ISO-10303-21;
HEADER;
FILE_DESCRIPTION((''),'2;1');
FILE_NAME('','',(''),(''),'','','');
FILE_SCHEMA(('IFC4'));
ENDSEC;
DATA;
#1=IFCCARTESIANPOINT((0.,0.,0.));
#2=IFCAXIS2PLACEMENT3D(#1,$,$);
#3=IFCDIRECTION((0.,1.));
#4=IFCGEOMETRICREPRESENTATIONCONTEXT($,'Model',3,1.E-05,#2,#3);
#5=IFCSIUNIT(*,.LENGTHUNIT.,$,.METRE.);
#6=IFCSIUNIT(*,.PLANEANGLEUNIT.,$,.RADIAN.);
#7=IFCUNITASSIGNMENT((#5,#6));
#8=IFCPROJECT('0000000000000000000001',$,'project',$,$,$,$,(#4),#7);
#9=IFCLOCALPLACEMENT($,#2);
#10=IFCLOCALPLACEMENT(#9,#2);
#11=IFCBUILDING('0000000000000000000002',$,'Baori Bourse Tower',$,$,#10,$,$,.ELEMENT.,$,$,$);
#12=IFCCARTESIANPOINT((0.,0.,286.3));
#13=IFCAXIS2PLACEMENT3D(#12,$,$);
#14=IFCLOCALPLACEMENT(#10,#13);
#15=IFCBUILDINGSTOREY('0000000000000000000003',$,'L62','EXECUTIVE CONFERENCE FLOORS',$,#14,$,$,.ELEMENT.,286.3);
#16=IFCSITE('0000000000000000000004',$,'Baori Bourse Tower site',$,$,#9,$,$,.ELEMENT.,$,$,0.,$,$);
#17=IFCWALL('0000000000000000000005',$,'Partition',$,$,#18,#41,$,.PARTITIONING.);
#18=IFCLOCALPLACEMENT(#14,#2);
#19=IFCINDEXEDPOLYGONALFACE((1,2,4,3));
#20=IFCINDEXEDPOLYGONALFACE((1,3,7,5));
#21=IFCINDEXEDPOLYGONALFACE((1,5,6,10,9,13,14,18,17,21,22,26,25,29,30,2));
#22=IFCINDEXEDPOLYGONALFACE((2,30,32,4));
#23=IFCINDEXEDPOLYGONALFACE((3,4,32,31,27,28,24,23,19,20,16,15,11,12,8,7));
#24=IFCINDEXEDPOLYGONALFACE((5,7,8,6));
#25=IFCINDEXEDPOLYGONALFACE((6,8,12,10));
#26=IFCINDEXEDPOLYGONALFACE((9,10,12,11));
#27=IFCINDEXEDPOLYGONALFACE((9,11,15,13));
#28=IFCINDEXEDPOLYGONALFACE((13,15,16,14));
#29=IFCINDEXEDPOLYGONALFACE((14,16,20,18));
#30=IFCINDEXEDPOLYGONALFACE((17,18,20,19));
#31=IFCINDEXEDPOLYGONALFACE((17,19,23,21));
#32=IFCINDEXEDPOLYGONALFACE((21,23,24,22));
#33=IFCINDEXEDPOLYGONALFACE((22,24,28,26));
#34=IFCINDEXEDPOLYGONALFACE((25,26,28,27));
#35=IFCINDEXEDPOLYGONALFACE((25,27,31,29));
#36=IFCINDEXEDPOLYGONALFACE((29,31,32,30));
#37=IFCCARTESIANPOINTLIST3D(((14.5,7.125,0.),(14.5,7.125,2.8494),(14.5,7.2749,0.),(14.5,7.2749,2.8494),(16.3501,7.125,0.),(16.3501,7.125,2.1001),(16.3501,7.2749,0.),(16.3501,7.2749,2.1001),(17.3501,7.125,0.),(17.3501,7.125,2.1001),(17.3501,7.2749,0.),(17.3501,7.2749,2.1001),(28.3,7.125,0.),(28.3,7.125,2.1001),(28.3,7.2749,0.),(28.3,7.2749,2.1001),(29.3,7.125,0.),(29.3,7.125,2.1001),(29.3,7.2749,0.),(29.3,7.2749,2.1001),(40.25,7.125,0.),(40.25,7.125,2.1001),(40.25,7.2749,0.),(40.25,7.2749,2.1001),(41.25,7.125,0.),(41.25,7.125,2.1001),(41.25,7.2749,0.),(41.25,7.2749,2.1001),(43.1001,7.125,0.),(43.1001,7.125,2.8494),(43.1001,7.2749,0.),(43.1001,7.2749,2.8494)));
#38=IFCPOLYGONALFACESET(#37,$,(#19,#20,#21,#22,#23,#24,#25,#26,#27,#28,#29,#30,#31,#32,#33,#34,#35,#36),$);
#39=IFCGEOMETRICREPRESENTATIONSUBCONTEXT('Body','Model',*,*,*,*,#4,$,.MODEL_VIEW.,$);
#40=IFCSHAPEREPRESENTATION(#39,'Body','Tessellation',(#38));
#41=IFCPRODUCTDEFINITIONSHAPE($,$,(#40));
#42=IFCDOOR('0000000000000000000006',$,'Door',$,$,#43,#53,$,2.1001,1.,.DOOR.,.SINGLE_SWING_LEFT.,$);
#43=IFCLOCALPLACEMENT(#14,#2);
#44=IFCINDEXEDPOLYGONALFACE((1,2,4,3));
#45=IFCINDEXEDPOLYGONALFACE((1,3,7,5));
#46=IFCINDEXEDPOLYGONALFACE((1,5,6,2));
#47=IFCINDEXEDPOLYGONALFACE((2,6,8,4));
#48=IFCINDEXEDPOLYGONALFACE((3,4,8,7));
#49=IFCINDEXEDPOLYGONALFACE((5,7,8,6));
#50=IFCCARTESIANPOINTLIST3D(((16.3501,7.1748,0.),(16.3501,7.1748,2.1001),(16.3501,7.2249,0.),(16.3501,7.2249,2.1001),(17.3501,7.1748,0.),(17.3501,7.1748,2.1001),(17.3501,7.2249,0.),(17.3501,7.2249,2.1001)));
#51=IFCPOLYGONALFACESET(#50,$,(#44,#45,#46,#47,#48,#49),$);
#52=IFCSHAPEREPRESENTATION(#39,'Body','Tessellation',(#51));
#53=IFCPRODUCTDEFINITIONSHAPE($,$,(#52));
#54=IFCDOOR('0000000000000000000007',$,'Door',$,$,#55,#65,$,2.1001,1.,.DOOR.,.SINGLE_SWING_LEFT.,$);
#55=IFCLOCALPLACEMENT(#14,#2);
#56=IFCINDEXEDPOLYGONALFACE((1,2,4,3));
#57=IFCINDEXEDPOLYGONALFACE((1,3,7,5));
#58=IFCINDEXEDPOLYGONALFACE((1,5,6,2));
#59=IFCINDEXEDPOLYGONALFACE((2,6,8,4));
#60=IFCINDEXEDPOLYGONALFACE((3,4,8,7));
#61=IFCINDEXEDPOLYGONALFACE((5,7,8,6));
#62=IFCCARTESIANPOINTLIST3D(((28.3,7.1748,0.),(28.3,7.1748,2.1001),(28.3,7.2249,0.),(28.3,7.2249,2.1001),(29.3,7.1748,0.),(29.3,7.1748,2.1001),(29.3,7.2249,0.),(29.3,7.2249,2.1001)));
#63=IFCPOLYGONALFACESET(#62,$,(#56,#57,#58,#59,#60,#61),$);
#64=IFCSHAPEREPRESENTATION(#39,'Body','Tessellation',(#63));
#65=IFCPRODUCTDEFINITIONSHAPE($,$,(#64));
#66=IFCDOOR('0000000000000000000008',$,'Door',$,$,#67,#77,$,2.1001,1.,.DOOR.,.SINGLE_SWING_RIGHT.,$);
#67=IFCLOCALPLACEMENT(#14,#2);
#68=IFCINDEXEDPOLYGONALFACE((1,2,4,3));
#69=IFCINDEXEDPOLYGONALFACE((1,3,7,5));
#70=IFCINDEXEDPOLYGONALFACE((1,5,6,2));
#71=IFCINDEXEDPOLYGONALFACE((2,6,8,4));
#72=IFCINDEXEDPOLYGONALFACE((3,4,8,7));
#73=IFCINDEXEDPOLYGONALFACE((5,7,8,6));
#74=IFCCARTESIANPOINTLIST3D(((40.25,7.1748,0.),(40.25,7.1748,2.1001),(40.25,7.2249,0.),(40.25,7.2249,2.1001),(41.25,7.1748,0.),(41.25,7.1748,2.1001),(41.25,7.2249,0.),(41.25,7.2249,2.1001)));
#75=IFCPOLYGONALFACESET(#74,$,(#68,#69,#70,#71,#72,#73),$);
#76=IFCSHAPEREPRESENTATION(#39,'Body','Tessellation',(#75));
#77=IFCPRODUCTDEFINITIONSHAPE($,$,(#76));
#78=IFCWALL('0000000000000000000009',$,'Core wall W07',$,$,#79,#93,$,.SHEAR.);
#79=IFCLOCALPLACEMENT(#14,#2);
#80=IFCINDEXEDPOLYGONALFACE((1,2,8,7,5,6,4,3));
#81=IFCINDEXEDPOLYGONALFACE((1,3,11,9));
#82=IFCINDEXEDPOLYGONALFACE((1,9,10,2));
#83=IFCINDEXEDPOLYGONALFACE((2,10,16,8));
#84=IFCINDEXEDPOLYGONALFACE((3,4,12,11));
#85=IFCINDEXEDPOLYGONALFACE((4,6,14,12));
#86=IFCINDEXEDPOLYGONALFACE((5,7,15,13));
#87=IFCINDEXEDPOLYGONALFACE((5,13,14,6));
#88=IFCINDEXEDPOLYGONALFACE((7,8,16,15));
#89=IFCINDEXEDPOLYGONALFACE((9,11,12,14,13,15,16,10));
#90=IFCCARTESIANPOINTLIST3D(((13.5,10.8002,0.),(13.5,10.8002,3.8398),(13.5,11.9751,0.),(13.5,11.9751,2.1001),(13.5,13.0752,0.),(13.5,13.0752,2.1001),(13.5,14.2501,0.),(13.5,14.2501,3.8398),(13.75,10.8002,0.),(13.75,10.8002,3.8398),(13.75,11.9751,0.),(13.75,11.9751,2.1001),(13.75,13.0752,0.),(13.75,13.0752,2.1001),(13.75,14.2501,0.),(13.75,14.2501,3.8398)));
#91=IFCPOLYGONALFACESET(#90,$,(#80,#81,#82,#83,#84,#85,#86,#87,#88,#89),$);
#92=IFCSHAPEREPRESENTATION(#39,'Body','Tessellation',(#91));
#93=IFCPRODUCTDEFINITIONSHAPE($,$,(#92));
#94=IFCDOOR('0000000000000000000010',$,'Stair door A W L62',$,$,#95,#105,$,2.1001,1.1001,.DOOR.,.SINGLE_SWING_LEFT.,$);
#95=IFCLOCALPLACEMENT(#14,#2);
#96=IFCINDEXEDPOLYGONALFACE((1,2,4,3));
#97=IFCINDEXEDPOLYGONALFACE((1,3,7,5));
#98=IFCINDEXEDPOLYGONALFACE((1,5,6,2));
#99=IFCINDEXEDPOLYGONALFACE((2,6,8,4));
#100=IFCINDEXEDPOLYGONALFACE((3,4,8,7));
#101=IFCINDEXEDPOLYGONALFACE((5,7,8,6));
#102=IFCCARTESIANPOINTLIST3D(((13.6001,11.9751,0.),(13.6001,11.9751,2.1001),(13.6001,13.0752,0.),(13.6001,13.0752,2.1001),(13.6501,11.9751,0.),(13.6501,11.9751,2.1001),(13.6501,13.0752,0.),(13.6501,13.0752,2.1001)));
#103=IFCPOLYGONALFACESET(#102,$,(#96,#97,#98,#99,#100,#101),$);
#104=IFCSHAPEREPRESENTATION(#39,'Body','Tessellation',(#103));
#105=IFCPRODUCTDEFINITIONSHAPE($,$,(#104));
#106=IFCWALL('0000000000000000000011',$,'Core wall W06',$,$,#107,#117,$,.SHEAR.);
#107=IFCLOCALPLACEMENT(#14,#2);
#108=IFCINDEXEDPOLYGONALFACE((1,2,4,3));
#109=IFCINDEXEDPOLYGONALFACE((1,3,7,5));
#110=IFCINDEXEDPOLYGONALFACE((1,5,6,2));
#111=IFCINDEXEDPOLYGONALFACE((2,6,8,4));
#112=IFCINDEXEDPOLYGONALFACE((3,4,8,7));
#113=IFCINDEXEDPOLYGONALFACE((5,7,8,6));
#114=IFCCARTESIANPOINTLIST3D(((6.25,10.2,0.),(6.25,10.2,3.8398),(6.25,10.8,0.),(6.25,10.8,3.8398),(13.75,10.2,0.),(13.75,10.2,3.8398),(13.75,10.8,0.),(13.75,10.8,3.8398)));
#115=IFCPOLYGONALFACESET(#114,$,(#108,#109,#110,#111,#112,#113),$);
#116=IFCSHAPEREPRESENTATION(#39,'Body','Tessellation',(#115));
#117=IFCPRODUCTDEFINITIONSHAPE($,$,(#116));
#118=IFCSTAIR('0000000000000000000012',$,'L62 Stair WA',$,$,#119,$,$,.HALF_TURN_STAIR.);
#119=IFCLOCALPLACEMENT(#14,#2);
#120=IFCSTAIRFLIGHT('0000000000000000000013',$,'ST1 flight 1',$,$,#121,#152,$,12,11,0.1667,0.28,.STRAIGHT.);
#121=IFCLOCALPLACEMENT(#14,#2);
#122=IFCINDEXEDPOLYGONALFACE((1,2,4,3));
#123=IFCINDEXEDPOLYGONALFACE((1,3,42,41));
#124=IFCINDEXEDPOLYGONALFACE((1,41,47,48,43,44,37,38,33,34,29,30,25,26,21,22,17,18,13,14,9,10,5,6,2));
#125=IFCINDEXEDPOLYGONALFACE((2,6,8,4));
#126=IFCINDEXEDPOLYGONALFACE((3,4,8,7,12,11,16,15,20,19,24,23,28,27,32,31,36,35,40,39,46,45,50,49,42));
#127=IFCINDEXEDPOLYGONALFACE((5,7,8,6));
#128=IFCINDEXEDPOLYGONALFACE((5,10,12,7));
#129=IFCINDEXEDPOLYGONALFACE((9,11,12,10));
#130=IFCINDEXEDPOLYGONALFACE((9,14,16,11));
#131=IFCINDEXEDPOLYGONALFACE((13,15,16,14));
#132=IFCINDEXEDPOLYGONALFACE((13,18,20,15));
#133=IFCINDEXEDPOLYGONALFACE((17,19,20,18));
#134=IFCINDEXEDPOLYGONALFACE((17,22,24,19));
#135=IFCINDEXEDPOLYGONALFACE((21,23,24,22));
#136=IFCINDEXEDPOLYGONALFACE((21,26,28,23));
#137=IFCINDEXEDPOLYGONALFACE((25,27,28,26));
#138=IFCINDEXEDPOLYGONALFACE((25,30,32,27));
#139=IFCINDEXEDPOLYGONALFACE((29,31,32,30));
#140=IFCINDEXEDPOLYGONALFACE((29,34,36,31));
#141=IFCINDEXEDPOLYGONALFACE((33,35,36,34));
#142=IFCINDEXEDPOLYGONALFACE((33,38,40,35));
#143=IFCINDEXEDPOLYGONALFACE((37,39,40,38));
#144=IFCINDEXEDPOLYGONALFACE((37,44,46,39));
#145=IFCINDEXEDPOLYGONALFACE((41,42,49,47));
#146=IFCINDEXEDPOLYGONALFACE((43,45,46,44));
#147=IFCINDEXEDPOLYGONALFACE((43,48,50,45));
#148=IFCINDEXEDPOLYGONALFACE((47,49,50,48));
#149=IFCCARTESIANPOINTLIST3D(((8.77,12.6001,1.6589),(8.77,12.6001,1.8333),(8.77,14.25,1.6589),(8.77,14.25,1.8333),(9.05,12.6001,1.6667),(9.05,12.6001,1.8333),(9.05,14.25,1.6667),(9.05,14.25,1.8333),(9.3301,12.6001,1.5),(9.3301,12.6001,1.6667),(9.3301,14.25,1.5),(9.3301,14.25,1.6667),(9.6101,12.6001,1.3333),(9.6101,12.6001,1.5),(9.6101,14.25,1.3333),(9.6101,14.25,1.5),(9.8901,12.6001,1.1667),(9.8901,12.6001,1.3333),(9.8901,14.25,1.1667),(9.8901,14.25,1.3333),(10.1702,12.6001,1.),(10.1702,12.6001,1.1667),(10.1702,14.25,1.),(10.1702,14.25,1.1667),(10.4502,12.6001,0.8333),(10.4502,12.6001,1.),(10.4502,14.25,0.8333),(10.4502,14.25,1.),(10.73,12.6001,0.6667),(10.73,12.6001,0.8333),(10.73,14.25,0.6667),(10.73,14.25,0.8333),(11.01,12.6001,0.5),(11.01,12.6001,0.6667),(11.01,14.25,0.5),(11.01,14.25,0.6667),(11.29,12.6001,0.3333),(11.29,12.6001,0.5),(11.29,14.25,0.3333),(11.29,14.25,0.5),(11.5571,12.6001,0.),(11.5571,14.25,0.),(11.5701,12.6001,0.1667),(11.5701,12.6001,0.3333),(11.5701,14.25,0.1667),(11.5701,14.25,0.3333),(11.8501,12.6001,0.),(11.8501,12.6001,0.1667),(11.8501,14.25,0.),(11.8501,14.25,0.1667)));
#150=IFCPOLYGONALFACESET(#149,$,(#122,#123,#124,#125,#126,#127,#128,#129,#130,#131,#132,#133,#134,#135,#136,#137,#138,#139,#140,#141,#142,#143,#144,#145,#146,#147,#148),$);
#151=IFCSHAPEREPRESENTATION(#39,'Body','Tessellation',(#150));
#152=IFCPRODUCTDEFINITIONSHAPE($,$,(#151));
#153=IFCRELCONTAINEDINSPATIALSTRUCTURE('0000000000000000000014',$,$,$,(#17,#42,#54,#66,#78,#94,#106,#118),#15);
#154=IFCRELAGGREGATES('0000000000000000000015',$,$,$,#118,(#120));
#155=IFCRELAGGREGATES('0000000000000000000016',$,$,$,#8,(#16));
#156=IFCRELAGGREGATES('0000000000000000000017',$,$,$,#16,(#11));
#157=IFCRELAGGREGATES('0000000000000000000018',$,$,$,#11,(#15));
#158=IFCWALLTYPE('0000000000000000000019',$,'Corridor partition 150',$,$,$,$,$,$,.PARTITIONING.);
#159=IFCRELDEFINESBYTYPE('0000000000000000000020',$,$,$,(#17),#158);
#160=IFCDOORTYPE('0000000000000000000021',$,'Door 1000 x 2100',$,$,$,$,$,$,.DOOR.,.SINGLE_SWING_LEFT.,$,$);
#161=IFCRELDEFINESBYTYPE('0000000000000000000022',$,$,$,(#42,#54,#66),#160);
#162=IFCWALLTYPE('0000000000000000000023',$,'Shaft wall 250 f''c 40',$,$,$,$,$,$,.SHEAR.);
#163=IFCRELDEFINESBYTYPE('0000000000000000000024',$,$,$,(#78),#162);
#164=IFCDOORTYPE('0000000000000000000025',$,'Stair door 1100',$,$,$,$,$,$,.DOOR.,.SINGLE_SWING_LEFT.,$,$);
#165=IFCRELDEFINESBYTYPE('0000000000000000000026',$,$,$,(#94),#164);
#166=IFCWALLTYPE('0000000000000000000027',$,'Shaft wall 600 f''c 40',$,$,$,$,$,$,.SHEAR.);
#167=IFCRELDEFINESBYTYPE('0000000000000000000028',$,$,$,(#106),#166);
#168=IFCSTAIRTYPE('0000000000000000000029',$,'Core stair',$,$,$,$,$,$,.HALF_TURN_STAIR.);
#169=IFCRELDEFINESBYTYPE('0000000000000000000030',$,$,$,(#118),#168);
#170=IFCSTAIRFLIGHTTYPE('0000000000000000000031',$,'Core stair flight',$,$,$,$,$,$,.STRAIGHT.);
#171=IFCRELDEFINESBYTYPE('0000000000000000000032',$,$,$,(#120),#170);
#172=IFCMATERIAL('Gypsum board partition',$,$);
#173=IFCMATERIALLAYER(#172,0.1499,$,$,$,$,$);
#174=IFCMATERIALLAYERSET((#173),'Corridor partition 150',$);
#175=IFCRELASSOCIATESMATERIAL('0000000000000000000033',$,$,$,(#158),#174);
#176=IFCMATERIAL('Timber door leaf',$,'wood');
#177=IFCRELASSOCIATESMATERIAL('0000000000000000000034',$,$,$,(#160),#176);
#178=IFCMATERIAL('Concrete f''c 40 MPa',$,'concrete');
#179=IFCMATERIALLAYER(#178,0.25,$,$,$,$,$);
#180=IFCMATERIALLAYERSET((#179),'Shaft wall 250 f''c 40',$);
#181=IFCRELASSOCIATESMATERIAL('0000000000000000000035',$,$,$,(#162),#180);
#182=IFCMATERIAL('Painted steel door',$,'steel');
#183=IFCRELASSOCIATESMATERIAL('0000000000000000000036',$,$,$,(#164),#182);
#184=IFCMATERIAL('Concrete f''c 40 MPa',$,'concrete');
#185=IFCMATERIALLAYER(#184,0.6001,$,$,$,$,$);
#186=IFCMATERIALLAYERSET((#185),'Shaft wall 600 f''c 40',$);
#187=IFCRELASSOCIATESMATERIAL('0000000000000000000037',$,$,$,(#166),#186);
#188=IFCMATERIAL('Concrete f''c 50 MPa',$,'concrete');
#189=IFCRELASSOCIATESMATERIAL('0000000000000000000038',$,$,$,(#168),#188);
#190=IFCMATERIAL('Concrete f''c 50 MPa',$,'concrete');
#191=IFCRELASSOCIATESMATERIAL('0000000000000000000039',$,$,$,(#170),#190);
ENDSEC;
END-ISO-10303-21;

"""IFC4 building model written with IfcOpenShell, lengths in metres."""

from ifc_helpers import new_model, si_unit, direction, frame, frame_2d, origin, place, context, subcontext, project, spatial, polyline, rectangle, outline, extrude, material, layer, layer_set, type_object, element, fill, aggregate, save


model = new_model("IFC4")

# Units and contexts
model_context = context("Model", 3, precision=1e-05, world=origin(), true_north=direction((0.0, 1.0)))
body_context = subcontext(model_context, "Body", "Model", "MODEL_VIEW")
ifc_project = project(units=[si_unit("LENGTHUNIT", "METRE"), si_unit("PLANEANGLEUNIT", "RADIAN")], contexts=[model_context])

# Site, building, storey
site_placement = place(None, origin())
site = spatial("IfcSite", under=ifc_project, at=site_placement, Name="Baori Bourse Tower site", CompositionType="ELEMENT", RefElevation=0.0)
building_placement = place(site_placement, origin())
building = spatial("IfcBuilding", under=site, at=building_placement, Name="Baori Bourse Tower", CompositionType="ELEMENT")
storey_placement = place(building_placement, frame((0.0, 0.0, 286.3)))
storey = spatial("IfcBuildingStorey", under=building, at=storey_placement, Name="L62", Description="EXECUTIVE CONFERENCE FLOORS", CompositionType="ELEMENT", Elevation=286.3)

# Wall, openings, doors
ifc_material_1 = material(Name="Gypsum board partition")
ifc_layer_1 = layer(ifc_material_1, 0.1499)
ifc_layer_set_1 = layer_set([ifc_layer_1], Name="Corridor partition 150")
wall_type_1 = type_object("IfcWallType", Name="Corridor partition 150", PredefinedType="PARTITIONING", material=ifc_layer_set_1)
wall_1_placement = place(storey_placement, frame((14.5, 7.2, 0.0), z_axis=(0.0, 0.0, 1.0), x_axis=(1.0, 0.0, 0.0)))
wall_1 = element("IfcWall", 1, at=wall_1_placement, inside=storey, type_object=wall_type_1, Name="Partition", PredefinedType="PARTITIONING", context=body_context, shape_type="SweptSolid", body=[
    extrude(rectangle(XDim=28.6001, YDim=0.1499, at=frame_2d((14.3, 0.0))), origin(), (0.0, 0.0, 1.0), 2.8494),
])
opening_1_placement = place(wall_1_placement, frame((1.8501, 0.0, 0.0)))
opening_1 = element("IfcOpeningElement", 2, at=opening_1_placement, cuts=wall_1, PredefinedType="OPENING", context=body_context, shape_type="SweptSolid", body=[
    extrude(rectangle(XDim=1.0, YDim=2.1001, at=frame_2d((0.5, 1.05))), frame((0.0, 0.085, 0.0), z_axis=(0.0, -1.0, 0.0), x_axis=(1.0, 0.0, 0.0)), (0.0, 0.0, 1.0), 0.1699),
])
opening_2_placement = place(wall_1_placement, frame((13.8, 0.0, 0.0)))
opening_2 = element("IfcOpeningElement", 3, at=opening_2_placement, cuts=wall_1, PredefinedType="OPENING", context=body_context, shape_type="SweptSolid", body=[
    extrude(rectangle(XDim=1.0, YDim=2.1001, at=frame_2d((0.5, 1.05))), frame((0.0, 0.085, 0.0), z_axis=(0.0, -1.0, 0.0), x_axis=(1.0, 0.0, 0.0)), (0.0, 0.0, 1.0), 0.1699),
])
opening_3_placement = place(wall_1_placement, frame((25.75, 0.0, 0.0)))
opening_3 = element("IfcOpeningElement", 4, at=opening_3_placement, cuts=wall_1, PredefinedType="OPENING", context=body_context, shape_type="SweptSolid", body=[
    extrude(rectangle(XDim=1.0, YDim=2.1001, at=frame_2d((0.5, 1.05))), frame((0.0, 0.085, 0.0), z_axis=(0.0, -1.0, 0.0), x_axis=(1.0, 0.0, 0.0)), (0.0, 0.0, 1.0), 0.1699),
])
ifc_material_2 = material(Name="Timber door leaf", Category="wood")
door_type_1 = type_object("IfcDoorType", Name="Door 1000 x 2100", OperationType="SINGLE_SWING_LEFT", PredefinedType="DOOR", material=ifc_material_2)
door_1_placement = place(opening_1_placement, origin())
door_1 = element("IfcDoor", 5, at=door_1_placement, inside=storey, type_object=door_type_1, Name="Door", OperationType="SINGLE_SWING_LEFT", OverallHeight=2.1001, OverallWidth=1.0, PredefinedType="DOOR", context=body_context, shape_type="SweptSolid", body=[
    extrude(rectangle(XDim=1.0, YDim=2.1001, at=frame_2d((0.5, 1.05))), frame((0.0, 0.0249, 0.0), z_axis=(0.0, -1.0, 0.0), x_axis=(1.0, 0.0, 0.0)), (0.0, 0.0, 1.0), 0.05),
])
fill(opening_1, door_1)
door_2_placement = place(opening_2_placement, origin())
door_2 = element("IfcDoor", 6, at=door_2_placement, inside=storey, type_object=door_type_1, Name="Door", OperationType="SINGLE_SWING_LEFT", OverallHeight=2.1001, OverallWidth=1.0, PredefinedType="DOOR", context=body_context, shape_type="SweptSolid", body=[
    extrude(rectangle(XDim=1.0, YDim=2.1001, at=frame_2d((0.5, 1.05))), frame((0.0, 0.0249, 0.0), z_axis=(0.0, -1.0, 0.0), x_axis=(1.0, 0.0, 0.0)), (0.0, 0.0, 1.0), 0.05),
])
fill(opening_2, door_2)
door_3_placement = place(opening_3_placement, origin())
door_3 = element("IfcDoor", 7, at=door_3_placement, inside=storey, type_object=door_type_1, Name="Door", OperationType="SINGLE_SWING_RIGHT", OverallHeight=2.1001, OverallWidth=1.0, PredefinedType="DOOR", context=body_context, shape_type="SweptSolid", body=[
    extrude(rectangle(XDim=1.0, YDim=2.1001, at=frame_2d((0.5, 1.05))), frame((0.0, 0.0249, 0.0), z_axis=(0.0, -1.0, 0.0), x_axis=(1.0, 0.0, 0.0)), (0.0, 0.0, 1.0), 0.05),
])
fill(opening_3, door_3)

# Wall, opening, door
ifc_material_3 = material(Name="Concrete f'c 40 MPa", Category="concrete")
ifc_layer_2 = layer(ifc_material_3, 0.25)
ifc_layer_set_2 = layer_set([ifc_layer_2], Name="Shaft wall 250 f'c 40")
wall_type_2 = type_object("IfcWallType", Name="Shaft wall 250 f'c 40", PredefinedType="SHEAR", material=ifc_layer_set_2)
wall_2_placement = place(storey_placement, frame((13.625, 10.8, 0.0), z_axis=(0.0, 0.0, 1.0), x_axis=(0.0, 1.0, 0.0)))
wall_2 = element("IfcWall", 8, at=wall_2_placement, inside=storey, type_object=wall_type_2, Name="Core wall W07", PredefinedType="SHEAR", context=body_context, shape_type="SweptSolid", body=[
    extrude(rectangle(XDim=3.45, YDim=0.25, at=frame_2d((1.7251, 0.0))), origin(), (0.0, 0.0, 1.0), 3.8398),
])
opening_4_placement = place(wall_2_placement, frame((1.175, 0.0, 0.0)))
opening_4 = element("IfcOpeningElement", 9, at=opening_4_placement, cuts=wall_2, PredefinedType="OPENING", context=body_context, shape_type="SweptSolid", body=[
    extrude(rectangle(XDim=1.1001, YDim=2.1001, at=frame_2d((0.55, 1.05))), frame((0.0, 0.135, 0.0), z_axis=(0.0, -1.0, 0.0), x_axis=(1.0, 0.0, 0.0)), (0.0, 0.0, 1.0), 0.27),
])
ifc_material_4 = material(Name="Painted steel door", Category="steel")
door_type_2 = type_object("IfcDoorType", Name="Stair door 1100", OperationType="SINGLE_SWING_LEFT", PredefinedType="DOOR", material=ifc_material_4)
door_4_placement = place(opening_4_placement, origin())
door_4 = element("IfcDoor", 10, at=door_4_placement, inside=storey, type_object=door_type_2, Name="Stair door A W L62", OperationType="SINGLE_SWING_LEFT", OverallHeight=2.1001, OverallWidth=1.1001, PredefinedType="DOOR", context=body_context, shape_type="SweptSolid", body=[
    extrude(rectangle(XDim=1.1001, YDim=2.1001, at=frame_2d((0.55, 1.05))), frame((0.0, 0.0249, 0.0), z_axis=(0.0, -1.0, 0.0), x_axis=(1.0, 0.0, 0.0)), (0.0, 0.0, 1.0), 0.05),
])
fill(opening_4, door_4)

# Wall
ifc_material_5 = material(Name="Concrete f'c 40 MPa", Category="concrete")
ifc_layer_3 = layer(ifc_material_5, 0.6001)
ifc_layer_set_3 = layer_set([ifc_layer_3], Name="Shaft wall 600 f'c 40")
wall_type_3 = type_object("IfcWallType", Name="Shaft wall 600 f'c 40", PredefinedType="SHEAR", material=ifc_layer_set_3)
wall_3_placement = place(storey_placement, frame((6.25, 10.5, 0.0), z_axis=(0.0, 0.0, 1.0), x_axis=(1.0, 0.0, 0.0)))
element("IfcWall", 11, at=wall_3_placement, inside=storey, type_object=wall_type_3, Name="Core wall W06", PredefinedType="SHEAR", context=body_context, shape_type="SweptSolid", body=[
    extrude(rectangle(XDim=7.5, YDim=0.6001, at=frame_2d((3.75, 0.0))), origin(), (0.0, 0.0, 1.0), 3.8398),
])

# Stair, stair flight
ifc_material_6 = material(Name="Concrete f'c 50 MPa", Category="concrete")
stair_type = type_object("IfcStairType", Name="Core stair", PredefinedType="HALF_TURN_STAIR", material=ifc_material_6)
stair_placement = place(storey_placement, origin())
stair = element("IfcStair", 12, at=stair_placement, inside=storey, type_object=stair_type, Name="L62 Stair WA", PredefinedType="HALF_TURN_STAIR")
ifc_material_7 = material(Name="Concrete f'c 50 MPa", Category="concrete")
stair_flight_type = type_object("IfcStairFlightType", Name="Core stair flight", PredefinedType="STRAIGHT", material=ifc_material_7)
stair_flight_1_placement = place(storey_placement, frame((11.8501, 13.425, 0.0), z_axis=(0.0, 0.0, 1.0), x_axis=(-1.0, 0.0, 0.0)))
stair_flight_1 = element("IfcStairFlight", 13, at=stair_flight_1_placement, type_object=stair_flight_type, Name="ST1 flight 1", NumberOfRisers=12, NumberOfTreads=11, PredefinedType="STRAIGHT", RiserHeight=0.1667, TreadLength=0.28, context=body_context, shape_type="SweptSolid", body=[
    extrude(outline(polyline([(0.0, 0.0), (0.0, 0.1667), (0.28, 0.1667), (0.28, 0.3333), (0.5601, 0.3333), (0.5601, 0.5), (0.8401, 0.5), (0.8401, 0.6667), (1.1201, 0.6667), (1.1201, 0.8333), (1.3999, 0.8333), (1.3999, 1.0), (1.6799, 1.0), (1.6799, 1.1667), (1.96, 1.1667), (1.96, 1.3333), (2.24, 1.3333), (2.24, 1.5), (2.52, 1.5), (2.52, 1.6667), (2.8, 1.6667), (2.8, 1.8333), (3.0801, 1.8333), (3.0801, 2.0), (3.0801, 1.6589), (0.293, 0.0), (0.0, 0.0)])), frame((0.0, 0.825, 0.0), z_axis=(0.0, -1.0, 0.0), x_axis=(1.0, 0.0, 0.0)), (0.0, 0.0, 1.0), 1.6499),
])
aggregate(stair, [stair_flight_1])

save(model, "model.ifc")
